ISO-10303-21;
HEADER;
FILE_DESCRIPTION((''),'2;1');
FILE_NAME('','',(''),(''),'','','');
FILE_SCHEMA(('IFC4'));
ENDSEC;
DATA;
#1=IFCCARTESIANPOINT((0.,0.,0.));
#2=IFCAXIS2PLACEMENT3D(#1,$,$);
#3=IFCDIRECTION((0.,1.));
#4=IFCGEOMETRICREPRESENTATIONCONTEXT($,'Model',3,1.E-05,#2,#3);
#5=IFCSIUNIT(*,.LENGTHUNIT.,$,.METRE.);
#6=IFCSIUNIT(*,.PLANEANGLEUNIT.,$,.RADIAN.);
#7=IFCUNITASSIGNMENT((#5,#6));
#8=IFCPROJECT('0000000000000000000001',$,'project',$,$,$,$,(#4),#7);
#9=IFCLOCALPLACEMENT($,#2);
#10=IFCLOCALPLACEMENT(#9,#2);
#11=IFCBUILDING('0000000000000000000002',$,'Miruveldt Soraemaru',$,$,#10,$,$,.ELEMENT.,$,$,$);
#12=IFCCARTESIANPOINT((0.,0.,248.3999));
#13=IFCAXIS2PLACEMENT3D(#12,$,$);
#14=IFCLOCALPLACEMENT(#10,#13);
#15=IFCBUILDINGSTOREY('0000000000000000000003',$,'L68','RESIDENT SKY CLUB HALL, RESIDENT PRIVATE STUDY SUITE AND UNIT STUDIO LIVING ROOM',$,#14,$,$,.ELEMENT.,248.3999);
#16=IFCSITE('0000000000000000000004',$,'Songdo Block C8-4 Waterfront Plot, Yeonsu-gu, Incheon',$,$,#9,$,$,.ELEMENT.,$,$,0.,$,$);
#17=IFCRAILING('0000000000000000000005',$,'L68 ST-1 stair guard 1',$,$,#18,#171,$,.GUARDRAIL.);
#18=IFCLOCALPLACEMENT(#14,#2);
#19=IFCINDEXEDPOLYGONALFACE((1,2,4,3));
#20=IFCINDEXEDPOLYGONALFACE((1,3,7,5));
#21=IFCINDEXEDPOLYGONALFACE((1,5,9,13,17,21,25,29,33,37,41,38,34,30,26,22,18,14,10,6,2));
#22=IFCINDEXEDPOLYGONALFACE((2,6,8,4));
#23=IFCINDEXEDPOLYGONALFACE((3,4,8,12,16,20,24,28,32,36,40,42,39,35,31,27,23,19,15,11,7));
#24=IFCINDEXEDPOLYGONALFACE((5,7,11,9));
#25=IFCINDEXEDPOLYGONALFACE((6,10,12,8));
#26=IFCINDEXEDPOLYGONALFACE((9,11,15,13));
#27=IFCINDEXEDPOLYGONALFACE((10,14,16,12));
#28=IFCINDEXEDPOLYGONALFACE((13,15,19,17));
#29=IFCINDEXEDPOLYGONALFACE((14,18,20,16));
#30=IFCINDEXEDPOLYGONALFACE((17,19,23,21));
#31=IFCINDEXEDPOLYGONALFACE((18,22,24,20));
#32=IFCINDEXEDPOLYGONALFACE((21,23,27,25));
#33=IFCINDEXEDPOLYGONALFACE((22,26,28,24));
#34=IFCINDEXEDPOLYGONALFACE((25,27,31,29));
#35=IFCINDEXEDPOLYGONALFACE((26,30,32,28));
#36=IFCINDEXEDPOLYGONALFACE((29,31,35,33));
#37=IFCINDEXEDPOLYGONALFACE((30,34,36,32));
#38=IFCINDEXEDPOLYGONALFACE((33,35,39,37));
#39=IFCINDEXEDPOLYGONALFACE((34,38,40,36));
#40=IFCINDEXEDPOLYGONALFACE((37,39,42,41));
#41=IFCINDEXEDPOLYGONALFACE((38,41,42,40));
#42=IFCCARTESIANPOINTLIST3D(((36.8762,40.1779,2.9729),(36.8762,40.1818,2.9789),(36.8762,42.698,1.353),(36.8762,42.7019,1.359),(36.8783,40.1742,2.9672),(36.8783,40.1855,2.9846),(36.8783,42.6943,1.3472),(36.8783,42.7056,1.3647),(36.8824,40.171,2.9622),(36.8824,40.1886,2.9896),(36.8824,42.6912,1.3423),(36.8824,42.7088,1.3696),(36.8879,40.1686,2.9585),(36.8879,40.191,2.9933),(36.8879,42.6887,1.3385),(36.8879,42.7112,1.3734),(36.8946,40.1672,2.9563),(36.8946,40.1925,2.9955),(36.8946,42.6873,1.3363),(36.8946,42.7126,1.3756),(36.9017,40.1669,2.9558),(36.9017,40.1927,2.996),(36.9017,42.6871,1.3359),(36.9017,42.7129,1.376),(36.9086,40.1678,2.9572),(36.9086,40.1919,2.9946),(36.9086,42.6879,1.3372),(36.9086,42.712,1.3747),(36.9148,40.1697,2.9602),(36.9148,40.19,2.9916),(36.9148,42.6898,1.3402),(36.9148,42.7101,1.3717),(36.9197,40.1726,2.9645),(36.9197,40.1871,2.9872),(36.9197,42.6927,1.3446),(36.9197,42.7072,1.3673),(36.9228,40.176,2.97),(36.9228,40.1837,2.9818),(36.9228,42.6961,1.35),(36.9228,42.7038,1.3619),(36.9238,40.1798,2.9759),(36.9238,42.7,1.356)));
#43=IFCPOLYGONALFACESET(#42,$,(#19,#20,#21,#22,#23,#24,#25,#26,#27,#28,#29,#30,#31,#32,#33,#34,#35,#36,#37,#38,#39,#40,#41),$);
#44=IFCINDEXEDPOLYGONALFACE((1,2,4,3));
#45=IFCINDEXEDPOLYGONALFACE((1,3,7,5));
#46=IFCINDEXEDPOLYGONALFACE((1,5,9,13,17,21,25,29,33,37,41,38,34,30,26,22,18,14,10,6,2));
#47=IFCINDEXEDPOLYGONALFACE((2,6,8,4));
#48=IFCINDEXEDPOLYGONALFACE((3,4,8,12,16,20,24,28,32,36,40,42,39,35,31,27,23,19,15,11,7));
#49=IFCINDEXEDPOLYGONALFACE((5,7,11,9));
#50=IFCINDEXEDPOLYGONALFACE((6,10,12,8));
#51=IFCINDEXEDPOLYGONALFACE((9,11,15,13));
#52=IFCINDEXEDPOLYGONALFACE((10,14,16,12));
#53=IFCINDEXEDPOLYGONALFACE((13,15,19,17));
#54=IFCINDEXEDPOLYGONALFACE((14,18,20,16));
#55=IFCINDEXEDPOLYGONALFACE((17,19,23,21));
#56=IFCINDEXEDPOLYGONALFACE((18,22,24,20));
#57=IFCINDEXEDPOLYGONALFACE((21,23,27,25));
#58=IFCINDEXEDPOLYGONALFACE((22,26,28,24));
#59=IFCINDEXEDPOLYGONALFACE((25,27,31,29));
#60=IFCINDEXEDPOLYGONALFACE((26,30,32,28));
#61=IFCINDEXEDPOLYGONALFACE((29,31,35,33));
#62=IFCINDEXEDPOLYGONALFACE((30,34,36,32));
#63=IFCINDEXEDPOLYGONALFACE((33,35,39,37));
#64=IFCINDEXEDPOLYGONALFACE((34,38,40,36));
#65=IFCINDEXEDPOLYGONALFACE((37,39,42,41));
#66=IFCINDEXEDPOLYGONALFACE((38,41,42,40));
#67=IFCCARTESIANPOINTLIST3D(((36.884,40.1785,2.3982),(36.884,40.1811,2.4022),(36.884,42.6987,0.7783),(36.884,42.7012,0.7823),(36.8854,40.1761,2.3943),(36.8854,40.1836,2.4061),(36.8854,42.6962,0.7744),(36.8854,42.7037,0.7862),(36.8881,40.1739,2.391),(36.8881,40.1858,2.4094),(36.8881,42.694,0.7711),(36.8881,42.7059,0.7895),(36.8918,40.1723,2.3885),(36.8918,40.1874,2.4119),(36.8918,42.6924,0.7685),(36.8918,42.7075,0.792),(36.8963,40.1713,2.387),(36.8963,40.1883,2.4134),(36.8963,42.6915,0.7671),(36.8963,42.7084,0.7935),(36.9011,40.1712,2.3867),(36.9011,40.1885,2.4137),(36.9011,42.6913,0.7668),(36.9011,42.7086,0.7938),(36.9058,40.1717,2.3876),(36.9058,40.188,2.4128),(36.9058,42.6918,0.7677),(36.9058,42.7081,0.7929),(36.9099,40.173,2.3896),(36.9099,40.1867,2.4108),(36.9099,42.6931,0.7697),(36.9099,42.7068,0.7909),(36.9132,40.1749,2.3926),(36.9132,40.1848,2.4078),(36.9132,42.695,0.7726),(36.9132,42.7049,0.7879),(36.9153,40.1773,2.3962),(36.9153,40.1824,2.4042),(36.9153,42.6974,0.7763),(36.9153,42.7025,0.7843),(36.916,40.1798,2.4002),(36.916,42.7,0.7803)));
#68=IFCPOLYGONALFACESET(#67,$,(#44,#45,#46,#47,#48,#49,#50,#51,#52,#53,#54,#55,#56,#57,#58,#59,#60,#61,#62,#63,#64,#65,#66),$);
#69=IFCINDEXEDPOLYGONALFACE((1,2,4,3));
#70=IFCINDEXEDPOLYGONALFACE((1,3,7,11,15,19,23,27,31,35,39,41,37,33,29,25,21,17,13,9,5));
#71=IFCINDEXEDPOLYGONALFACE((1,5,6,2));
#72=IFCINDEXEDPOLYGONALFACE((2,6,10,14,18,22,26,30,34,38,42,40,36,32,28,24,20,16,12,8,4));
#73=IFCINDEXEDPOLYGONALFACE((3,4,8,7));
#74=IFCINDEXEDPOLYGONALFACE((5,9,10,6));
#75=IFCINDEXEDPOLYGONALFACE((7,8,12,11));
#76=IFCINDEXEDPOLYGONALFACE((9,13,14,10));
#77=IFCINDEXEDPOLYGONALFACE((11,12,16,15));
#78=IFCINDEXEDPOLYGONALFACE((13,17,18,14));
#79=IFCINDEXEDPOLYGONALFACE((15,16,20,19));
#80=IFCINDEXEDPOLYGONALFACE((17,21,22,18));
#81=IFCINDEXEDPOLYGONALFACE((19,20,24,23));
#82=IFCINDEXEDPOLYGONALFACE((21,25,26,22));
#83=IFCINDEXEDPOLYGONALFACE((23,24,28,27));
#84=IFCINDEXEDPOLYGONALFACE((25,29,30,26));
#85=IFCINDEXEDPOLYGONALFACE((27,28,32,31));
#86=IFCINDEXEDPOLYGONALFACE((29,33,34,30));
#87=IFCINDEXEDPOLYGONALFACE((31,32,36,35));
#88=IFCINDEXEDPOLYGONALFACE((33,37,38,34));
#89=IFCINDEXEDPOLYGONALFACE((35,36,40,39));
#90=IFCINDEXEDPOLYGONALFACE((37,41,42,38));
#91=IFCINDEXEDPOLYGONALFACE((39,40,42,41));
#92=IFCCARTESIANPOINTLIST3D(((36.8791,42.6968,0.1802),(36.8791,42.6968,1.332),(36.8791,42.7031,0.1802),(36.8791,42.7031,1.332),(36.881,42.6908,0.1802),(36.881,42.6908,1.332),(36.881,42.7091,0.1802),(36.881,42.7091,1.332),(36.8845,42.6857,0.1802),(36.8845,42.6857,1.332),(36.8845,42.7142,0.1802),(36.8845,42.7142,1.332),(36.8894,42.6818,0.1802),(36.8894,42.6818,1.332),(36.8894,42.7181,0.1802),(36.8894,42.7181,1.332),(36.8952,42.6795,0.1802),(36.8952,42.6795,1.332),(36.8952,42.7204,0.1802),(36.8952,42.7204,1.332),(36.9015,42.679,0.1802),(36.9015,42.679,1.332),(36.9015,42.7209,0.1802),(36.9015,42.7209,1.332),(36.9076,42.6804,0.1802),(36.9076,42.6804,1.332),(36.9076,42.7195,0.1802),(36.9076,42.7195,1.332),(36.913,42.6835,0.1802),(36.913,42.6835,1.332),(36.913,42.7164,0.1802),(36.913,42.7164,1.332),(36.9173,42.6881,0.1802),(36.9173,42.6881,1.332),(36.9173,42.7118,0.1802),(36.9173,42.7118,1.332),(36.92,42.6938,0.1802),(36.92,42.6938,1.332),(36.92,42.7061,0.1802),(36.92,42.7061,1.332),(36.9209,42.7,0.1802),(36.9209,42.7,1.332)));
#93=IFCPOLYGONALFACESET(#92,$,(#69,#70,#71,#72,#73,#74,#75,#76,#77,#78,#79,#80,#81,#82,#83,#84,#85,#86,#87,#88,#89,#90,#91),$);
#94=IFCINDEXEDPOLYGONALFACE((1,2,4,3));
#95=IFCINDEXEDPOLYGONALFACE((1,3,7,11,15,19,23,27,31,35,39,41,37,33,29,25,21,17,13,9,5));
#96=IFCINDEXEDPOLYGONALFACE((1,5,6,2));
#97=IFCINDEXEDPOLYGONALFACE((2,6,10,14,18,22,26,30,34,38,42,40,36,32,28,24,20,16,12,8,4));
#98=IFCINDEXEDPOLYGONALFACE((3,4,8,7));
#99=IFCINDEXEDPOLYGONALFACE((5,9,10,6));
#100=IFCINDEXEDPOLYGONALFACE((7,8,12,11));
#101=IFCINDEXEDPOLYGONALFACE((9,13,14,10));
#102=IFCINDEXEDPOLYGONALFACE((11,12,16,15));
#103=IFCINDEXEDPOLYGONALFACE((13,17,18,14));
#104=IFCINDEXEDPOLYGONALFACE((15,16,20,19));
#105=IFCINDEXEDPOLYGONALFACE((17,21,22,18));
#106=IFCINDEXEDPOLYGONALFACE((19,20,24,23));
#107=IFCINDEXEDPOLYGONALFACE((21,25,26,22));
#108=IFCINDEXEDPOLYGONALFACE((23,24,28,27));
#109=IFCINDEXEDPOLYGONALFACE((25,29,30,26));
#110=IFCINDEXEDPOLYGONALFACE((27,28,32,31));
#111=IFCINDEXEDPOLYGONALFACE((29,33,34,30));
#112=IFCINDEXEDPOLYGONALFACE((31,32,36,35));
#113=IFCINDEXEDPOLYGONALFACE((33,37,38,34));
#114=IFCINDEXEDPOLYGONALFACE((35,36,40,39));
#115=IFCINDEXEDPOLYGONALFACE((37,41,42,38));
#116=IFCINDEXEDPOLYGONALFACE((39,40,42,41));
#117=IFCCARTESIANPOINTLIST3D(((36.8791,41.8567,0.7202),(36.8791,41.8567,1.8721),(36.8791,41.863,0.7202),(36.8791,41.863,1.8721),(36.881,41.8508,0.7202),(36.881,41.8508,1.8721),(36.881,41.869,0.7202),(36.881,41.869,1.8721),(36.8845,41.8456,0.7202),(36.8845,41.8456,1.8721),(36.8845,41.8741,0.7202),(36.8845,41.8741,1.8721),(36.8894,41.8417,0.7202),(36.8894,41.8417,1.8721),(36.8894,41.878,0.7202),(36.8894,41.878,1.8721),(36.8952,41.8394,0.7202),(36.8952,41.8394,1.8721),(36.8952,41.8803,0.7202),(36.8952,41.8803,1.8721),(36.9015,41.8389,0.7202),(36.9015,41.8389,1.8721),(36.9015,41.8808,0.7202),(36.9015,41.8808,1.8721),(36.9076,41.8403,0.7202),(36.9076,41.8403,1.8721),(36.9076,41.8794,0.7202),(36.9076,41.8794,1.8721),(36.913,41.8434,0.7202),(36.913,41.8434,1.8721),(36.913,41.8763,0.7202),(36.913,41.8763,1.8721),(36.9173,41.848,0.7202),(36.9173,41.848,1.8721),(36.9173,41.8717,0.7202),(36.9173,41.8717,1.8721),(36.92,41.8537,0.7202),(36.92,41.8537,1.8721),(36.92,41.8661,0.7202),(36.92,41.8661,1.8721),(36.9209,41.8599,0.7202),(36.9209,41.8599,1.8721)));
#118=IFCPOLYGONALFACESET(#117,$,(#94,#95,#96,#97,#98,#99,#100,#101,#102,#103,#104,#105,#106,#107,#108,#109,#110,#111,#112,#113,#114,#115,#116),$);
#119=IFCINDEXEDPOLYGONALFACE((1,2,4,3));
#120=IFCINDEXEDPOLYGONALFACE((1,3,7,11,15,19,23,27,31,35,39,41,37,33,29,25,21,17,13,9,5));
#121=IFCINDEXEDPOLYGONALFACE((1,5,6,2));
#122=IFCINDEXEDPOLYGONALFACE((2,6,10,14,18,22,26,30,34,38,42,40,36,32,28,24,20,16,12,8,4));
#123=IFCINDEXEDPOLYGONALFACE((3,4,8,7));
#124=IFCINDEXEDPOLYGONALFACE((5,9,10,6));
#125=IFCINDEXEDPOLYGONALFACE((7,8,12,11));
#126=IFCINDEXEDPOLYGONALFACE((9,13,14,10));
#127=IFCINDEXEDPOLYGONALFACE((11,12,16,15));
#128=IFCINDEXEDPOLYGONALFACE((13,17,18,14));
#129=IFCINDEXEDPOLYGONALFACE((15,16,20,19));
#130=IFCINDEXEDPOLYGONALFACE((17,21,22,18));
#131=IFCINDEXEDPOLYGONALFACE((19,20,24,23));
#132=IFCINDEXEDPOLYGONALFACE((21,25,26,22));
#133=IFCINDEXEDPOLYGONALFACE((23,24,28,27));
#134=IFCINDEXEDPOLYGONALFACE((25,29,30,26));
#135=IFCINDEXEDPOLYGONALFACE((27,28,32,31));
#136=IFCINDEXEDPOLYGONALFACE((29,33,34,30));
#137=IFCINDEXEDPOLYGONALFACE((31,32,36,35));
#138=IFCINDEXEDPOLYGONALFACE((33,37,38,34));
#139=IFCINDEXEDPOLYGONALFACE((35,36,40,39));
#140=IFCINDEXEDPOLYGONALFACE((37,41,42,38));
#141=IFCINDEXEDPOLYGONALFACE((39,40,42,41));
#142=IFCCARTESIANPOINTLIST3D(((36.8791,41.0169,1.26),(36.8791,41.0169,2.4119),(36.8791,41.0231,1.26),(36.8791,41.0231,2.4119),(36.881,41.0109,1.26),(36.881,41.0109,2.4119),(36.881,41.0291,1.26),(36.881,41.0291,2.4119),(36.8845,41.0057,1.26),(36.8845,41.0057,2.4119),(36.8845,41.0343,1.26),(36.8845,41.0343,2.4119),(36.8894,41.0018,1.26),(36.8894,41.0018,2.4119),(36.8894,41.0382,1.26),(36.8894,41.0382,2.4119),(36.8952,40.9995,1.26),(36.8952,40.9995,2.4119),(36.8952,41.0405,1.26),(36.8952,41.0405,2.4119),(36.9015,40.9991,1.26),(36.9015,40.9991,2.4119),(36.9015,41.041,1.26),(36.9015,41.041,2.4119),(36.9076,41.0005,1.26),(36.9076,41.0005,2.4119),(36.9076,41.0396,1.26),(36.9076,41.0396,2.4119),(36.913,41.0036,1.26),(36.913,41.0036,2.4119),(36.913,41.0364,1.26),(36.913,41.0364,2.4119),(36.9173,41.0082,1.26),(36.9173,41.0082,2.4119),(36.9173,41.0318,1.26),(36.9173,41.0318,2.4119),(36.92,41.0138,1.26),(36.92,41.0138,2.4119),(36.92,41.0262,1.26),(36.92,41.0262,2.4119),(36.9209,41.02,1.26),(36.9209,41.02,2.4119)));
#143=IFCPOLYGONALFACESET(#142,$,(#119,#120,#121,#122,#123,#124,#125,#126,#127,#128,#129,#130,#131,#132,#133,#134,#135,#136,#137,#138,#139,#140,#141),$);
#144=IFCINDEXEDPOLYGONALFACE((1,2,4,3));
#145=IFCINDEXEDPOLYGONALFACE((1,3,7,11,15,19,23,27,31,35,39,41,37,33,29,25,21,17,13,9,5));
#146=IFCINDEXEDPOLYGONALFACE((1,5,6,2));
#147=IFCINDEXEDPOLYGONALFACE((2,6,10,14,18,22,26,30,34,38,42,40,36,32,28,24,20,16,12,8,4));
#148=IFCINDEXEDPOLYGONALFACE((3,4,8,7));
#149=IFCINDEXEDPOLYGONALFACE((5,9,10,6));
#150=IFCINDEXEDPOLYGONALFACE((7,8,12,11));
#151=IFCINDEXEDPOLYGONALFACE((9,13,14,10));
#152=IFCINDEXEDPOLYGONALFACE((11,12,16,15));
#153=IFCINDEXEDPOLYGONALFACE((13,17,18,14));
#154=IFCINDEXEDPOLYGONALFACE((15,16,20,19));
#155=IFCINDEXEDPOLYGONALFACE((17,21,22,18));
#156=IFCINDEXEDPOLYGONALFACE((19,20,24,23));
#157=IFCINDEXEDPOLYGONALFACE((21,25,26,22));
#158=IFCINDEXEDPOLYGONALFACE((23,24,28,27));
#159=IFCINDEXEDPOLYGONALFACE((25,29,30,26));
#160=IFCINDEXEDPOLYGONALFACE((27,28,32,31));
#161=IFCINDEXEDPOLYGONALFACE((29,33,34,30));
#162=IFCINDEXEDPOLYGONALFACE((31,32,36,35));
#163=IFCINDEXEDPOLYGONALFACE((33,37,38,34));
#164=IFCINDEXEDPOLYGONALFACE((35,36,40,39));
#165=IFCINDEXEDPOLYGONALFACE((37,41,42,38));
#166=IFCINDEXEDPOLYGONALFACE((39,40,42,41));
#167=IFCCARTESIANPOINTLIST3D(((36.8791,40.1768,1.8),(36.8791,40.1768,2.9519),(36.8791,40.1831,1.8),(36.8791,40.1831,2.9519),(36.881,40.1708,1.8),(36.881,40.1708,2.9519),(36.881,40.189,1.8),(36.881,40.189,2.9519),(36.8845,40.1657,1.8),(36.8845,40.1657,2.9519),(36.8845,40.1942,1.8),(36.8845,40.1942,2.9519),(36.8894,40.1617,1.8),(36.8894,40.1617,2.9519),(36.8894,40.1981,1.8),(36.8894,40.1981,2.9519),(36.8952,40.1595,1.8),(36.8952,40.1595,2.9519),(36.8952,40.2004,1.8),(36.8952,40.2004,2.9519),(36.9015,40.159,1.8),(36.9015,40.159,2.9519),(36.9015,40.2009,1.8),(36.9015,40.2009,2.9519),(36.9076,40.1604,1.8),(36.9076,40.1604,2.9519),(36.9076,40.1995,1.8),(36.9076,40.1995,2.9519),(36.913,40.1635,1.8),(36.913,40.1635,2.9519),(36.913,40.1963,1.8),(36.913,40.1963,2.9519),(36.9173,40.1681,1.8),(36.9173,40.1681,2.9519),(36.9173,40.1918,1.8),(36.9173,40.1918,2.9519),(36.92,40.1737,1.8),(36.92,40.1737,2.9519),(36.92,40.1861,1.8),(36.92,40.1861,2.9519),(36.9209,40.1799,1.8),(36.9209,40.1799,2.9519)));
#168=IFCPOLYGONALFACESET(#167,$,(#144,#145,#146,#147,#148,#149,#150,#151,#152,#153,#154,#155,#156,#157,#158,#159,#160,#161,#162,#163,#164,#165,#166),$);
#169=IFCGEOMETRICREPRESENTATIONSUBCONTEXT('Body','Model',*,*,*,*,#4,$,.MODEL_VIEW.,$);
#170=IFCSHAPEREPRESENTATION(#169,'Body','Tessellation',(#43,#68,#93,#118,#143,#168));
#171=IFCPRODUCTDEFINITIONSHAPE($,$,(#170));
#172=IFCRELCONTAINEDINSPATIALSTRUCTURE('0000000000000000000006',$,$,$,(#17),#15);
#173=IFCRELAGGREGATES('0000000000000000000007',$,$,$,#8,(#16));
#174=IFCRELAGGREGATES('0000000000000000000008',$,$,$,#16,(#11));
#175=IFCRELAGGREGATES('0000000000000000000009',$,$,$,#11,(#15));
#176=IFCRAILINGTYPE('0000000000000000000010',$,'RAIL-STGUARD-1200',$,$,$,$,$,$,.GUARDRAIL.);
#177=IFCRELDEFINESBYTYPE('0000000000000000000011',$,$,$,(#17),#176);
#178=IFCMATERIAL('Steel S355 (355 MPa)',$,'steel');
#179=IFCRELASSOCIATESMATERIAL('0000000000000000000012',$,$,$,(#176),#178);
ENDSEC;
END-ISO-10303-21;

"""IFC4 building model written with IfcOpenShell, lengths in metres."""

from ifc_helpers import new_model, si_unit, direction, frame, origin, origin_2d, place, context, subcontext, project, spatial, circle, extrude, material, type_object, element, save


model = new_model("IFC4")

# Units and contexts
model_context = context("Model", 3, precision=1e-05, world=origin(), true_north=direction((0.0, 1.0)))
body_context = subcontext(model_context, "Body", "Model", "MODEL_VIEW")
ifc_project = project(units=[si_unit("LENGTHUNIT", "METRE"), si_unit("PLANEANGLEUNIT", "RADIAN")], contexts=[model_context])

# Site, building, storey
site_placement = place(None, origin())
site = spatial("IfcSite", under=ifc_project, at=site_placement, Name="Songdo Block C8-4 Waterfront Plot, Yeonsu-gu, Incheon", CompositionType="ELEMENT", RefElevation=0.0)
building_placement = place(site_placement, origin())
building = spatial("IfcBuilding", under=site, at=building_placement, Name="Miruveldt Soraemaru", CompositionType="ELEMENT")
storey_placement = place(building_placement, frame((0.0, 0.0, 248.3999)))
storey = spatial("IfcBuildingStorey", under=building, at=storey_placement, Name="L68", Description="RESIDENT SKY CLUB HALL, RESIDENT PRIVATE STUDY SUITE AND UNIT STUDIO LIVING ROOM", CompositionType="ELEMENT", Elevation=248.3999)

# Railing
ifc_material_1 = material(Name="Steel S355 (355 MPa)", Category="steel")
railing_type_1 = type_object("IfcRailingType", Name="RAIL-STGUARD-1200", PredefinedType="GUARDRAIL", material=ifc_material_1)
railing_1_placement = place(storey_placement, frame((36.8999, 42.7, 0.1802)))
element("IfcRailing", 1, at=railing_1_placement, inside=storey, type_object=railing_type_1, Name="L68 ST-1 stair guard 1", PredefinedType="GUARDRAIL", context=body_context, shape_type="SweptSolid", body=[
    extrude(circle(Radius=0.0239, at=origin_2d()), frame((0.0, 0.0, 1.1758), z_axis=(0.0, -0.8412, 0.540725), x_axis=(1.0, 0.0, 0.0)), (0.0, 0.0, 1.0), 2.9958),
    extrude(circle(Radius=0.0161, at=origin_2d()), frame((0.0, 0.0, 0.6001), z_axis=(0.0, -0.8412, 0.540725), x_axis=(1.0, 0.0, 0.0)), (0.0, 0.0, 1.0), 2.9958),
    extrude(circle(Radius=0.021, at=origin_2d()), origin(), (0.0, 0.0, 1.0), 1.1519),
    extrude(circle(Radius=0.021, at=origin_2d()), frame((0.0, -0.8401, 0.54)), (0.0, 0.0, 1.0), 1.1519),
    extrude(circle(Radius=0.021, at=origin_2d()), frame((0.0, -1.6799, 1.0798)), (0.0, 0.0, 1.0), 1.1519),
    extrude(circle(Radius=0.021, at=origin_2d()), frame((0.0, -2.52, 1.6199)), (0.0, 0.0, 1.0), 1.1519),
])

save(model, "model.ifc")
